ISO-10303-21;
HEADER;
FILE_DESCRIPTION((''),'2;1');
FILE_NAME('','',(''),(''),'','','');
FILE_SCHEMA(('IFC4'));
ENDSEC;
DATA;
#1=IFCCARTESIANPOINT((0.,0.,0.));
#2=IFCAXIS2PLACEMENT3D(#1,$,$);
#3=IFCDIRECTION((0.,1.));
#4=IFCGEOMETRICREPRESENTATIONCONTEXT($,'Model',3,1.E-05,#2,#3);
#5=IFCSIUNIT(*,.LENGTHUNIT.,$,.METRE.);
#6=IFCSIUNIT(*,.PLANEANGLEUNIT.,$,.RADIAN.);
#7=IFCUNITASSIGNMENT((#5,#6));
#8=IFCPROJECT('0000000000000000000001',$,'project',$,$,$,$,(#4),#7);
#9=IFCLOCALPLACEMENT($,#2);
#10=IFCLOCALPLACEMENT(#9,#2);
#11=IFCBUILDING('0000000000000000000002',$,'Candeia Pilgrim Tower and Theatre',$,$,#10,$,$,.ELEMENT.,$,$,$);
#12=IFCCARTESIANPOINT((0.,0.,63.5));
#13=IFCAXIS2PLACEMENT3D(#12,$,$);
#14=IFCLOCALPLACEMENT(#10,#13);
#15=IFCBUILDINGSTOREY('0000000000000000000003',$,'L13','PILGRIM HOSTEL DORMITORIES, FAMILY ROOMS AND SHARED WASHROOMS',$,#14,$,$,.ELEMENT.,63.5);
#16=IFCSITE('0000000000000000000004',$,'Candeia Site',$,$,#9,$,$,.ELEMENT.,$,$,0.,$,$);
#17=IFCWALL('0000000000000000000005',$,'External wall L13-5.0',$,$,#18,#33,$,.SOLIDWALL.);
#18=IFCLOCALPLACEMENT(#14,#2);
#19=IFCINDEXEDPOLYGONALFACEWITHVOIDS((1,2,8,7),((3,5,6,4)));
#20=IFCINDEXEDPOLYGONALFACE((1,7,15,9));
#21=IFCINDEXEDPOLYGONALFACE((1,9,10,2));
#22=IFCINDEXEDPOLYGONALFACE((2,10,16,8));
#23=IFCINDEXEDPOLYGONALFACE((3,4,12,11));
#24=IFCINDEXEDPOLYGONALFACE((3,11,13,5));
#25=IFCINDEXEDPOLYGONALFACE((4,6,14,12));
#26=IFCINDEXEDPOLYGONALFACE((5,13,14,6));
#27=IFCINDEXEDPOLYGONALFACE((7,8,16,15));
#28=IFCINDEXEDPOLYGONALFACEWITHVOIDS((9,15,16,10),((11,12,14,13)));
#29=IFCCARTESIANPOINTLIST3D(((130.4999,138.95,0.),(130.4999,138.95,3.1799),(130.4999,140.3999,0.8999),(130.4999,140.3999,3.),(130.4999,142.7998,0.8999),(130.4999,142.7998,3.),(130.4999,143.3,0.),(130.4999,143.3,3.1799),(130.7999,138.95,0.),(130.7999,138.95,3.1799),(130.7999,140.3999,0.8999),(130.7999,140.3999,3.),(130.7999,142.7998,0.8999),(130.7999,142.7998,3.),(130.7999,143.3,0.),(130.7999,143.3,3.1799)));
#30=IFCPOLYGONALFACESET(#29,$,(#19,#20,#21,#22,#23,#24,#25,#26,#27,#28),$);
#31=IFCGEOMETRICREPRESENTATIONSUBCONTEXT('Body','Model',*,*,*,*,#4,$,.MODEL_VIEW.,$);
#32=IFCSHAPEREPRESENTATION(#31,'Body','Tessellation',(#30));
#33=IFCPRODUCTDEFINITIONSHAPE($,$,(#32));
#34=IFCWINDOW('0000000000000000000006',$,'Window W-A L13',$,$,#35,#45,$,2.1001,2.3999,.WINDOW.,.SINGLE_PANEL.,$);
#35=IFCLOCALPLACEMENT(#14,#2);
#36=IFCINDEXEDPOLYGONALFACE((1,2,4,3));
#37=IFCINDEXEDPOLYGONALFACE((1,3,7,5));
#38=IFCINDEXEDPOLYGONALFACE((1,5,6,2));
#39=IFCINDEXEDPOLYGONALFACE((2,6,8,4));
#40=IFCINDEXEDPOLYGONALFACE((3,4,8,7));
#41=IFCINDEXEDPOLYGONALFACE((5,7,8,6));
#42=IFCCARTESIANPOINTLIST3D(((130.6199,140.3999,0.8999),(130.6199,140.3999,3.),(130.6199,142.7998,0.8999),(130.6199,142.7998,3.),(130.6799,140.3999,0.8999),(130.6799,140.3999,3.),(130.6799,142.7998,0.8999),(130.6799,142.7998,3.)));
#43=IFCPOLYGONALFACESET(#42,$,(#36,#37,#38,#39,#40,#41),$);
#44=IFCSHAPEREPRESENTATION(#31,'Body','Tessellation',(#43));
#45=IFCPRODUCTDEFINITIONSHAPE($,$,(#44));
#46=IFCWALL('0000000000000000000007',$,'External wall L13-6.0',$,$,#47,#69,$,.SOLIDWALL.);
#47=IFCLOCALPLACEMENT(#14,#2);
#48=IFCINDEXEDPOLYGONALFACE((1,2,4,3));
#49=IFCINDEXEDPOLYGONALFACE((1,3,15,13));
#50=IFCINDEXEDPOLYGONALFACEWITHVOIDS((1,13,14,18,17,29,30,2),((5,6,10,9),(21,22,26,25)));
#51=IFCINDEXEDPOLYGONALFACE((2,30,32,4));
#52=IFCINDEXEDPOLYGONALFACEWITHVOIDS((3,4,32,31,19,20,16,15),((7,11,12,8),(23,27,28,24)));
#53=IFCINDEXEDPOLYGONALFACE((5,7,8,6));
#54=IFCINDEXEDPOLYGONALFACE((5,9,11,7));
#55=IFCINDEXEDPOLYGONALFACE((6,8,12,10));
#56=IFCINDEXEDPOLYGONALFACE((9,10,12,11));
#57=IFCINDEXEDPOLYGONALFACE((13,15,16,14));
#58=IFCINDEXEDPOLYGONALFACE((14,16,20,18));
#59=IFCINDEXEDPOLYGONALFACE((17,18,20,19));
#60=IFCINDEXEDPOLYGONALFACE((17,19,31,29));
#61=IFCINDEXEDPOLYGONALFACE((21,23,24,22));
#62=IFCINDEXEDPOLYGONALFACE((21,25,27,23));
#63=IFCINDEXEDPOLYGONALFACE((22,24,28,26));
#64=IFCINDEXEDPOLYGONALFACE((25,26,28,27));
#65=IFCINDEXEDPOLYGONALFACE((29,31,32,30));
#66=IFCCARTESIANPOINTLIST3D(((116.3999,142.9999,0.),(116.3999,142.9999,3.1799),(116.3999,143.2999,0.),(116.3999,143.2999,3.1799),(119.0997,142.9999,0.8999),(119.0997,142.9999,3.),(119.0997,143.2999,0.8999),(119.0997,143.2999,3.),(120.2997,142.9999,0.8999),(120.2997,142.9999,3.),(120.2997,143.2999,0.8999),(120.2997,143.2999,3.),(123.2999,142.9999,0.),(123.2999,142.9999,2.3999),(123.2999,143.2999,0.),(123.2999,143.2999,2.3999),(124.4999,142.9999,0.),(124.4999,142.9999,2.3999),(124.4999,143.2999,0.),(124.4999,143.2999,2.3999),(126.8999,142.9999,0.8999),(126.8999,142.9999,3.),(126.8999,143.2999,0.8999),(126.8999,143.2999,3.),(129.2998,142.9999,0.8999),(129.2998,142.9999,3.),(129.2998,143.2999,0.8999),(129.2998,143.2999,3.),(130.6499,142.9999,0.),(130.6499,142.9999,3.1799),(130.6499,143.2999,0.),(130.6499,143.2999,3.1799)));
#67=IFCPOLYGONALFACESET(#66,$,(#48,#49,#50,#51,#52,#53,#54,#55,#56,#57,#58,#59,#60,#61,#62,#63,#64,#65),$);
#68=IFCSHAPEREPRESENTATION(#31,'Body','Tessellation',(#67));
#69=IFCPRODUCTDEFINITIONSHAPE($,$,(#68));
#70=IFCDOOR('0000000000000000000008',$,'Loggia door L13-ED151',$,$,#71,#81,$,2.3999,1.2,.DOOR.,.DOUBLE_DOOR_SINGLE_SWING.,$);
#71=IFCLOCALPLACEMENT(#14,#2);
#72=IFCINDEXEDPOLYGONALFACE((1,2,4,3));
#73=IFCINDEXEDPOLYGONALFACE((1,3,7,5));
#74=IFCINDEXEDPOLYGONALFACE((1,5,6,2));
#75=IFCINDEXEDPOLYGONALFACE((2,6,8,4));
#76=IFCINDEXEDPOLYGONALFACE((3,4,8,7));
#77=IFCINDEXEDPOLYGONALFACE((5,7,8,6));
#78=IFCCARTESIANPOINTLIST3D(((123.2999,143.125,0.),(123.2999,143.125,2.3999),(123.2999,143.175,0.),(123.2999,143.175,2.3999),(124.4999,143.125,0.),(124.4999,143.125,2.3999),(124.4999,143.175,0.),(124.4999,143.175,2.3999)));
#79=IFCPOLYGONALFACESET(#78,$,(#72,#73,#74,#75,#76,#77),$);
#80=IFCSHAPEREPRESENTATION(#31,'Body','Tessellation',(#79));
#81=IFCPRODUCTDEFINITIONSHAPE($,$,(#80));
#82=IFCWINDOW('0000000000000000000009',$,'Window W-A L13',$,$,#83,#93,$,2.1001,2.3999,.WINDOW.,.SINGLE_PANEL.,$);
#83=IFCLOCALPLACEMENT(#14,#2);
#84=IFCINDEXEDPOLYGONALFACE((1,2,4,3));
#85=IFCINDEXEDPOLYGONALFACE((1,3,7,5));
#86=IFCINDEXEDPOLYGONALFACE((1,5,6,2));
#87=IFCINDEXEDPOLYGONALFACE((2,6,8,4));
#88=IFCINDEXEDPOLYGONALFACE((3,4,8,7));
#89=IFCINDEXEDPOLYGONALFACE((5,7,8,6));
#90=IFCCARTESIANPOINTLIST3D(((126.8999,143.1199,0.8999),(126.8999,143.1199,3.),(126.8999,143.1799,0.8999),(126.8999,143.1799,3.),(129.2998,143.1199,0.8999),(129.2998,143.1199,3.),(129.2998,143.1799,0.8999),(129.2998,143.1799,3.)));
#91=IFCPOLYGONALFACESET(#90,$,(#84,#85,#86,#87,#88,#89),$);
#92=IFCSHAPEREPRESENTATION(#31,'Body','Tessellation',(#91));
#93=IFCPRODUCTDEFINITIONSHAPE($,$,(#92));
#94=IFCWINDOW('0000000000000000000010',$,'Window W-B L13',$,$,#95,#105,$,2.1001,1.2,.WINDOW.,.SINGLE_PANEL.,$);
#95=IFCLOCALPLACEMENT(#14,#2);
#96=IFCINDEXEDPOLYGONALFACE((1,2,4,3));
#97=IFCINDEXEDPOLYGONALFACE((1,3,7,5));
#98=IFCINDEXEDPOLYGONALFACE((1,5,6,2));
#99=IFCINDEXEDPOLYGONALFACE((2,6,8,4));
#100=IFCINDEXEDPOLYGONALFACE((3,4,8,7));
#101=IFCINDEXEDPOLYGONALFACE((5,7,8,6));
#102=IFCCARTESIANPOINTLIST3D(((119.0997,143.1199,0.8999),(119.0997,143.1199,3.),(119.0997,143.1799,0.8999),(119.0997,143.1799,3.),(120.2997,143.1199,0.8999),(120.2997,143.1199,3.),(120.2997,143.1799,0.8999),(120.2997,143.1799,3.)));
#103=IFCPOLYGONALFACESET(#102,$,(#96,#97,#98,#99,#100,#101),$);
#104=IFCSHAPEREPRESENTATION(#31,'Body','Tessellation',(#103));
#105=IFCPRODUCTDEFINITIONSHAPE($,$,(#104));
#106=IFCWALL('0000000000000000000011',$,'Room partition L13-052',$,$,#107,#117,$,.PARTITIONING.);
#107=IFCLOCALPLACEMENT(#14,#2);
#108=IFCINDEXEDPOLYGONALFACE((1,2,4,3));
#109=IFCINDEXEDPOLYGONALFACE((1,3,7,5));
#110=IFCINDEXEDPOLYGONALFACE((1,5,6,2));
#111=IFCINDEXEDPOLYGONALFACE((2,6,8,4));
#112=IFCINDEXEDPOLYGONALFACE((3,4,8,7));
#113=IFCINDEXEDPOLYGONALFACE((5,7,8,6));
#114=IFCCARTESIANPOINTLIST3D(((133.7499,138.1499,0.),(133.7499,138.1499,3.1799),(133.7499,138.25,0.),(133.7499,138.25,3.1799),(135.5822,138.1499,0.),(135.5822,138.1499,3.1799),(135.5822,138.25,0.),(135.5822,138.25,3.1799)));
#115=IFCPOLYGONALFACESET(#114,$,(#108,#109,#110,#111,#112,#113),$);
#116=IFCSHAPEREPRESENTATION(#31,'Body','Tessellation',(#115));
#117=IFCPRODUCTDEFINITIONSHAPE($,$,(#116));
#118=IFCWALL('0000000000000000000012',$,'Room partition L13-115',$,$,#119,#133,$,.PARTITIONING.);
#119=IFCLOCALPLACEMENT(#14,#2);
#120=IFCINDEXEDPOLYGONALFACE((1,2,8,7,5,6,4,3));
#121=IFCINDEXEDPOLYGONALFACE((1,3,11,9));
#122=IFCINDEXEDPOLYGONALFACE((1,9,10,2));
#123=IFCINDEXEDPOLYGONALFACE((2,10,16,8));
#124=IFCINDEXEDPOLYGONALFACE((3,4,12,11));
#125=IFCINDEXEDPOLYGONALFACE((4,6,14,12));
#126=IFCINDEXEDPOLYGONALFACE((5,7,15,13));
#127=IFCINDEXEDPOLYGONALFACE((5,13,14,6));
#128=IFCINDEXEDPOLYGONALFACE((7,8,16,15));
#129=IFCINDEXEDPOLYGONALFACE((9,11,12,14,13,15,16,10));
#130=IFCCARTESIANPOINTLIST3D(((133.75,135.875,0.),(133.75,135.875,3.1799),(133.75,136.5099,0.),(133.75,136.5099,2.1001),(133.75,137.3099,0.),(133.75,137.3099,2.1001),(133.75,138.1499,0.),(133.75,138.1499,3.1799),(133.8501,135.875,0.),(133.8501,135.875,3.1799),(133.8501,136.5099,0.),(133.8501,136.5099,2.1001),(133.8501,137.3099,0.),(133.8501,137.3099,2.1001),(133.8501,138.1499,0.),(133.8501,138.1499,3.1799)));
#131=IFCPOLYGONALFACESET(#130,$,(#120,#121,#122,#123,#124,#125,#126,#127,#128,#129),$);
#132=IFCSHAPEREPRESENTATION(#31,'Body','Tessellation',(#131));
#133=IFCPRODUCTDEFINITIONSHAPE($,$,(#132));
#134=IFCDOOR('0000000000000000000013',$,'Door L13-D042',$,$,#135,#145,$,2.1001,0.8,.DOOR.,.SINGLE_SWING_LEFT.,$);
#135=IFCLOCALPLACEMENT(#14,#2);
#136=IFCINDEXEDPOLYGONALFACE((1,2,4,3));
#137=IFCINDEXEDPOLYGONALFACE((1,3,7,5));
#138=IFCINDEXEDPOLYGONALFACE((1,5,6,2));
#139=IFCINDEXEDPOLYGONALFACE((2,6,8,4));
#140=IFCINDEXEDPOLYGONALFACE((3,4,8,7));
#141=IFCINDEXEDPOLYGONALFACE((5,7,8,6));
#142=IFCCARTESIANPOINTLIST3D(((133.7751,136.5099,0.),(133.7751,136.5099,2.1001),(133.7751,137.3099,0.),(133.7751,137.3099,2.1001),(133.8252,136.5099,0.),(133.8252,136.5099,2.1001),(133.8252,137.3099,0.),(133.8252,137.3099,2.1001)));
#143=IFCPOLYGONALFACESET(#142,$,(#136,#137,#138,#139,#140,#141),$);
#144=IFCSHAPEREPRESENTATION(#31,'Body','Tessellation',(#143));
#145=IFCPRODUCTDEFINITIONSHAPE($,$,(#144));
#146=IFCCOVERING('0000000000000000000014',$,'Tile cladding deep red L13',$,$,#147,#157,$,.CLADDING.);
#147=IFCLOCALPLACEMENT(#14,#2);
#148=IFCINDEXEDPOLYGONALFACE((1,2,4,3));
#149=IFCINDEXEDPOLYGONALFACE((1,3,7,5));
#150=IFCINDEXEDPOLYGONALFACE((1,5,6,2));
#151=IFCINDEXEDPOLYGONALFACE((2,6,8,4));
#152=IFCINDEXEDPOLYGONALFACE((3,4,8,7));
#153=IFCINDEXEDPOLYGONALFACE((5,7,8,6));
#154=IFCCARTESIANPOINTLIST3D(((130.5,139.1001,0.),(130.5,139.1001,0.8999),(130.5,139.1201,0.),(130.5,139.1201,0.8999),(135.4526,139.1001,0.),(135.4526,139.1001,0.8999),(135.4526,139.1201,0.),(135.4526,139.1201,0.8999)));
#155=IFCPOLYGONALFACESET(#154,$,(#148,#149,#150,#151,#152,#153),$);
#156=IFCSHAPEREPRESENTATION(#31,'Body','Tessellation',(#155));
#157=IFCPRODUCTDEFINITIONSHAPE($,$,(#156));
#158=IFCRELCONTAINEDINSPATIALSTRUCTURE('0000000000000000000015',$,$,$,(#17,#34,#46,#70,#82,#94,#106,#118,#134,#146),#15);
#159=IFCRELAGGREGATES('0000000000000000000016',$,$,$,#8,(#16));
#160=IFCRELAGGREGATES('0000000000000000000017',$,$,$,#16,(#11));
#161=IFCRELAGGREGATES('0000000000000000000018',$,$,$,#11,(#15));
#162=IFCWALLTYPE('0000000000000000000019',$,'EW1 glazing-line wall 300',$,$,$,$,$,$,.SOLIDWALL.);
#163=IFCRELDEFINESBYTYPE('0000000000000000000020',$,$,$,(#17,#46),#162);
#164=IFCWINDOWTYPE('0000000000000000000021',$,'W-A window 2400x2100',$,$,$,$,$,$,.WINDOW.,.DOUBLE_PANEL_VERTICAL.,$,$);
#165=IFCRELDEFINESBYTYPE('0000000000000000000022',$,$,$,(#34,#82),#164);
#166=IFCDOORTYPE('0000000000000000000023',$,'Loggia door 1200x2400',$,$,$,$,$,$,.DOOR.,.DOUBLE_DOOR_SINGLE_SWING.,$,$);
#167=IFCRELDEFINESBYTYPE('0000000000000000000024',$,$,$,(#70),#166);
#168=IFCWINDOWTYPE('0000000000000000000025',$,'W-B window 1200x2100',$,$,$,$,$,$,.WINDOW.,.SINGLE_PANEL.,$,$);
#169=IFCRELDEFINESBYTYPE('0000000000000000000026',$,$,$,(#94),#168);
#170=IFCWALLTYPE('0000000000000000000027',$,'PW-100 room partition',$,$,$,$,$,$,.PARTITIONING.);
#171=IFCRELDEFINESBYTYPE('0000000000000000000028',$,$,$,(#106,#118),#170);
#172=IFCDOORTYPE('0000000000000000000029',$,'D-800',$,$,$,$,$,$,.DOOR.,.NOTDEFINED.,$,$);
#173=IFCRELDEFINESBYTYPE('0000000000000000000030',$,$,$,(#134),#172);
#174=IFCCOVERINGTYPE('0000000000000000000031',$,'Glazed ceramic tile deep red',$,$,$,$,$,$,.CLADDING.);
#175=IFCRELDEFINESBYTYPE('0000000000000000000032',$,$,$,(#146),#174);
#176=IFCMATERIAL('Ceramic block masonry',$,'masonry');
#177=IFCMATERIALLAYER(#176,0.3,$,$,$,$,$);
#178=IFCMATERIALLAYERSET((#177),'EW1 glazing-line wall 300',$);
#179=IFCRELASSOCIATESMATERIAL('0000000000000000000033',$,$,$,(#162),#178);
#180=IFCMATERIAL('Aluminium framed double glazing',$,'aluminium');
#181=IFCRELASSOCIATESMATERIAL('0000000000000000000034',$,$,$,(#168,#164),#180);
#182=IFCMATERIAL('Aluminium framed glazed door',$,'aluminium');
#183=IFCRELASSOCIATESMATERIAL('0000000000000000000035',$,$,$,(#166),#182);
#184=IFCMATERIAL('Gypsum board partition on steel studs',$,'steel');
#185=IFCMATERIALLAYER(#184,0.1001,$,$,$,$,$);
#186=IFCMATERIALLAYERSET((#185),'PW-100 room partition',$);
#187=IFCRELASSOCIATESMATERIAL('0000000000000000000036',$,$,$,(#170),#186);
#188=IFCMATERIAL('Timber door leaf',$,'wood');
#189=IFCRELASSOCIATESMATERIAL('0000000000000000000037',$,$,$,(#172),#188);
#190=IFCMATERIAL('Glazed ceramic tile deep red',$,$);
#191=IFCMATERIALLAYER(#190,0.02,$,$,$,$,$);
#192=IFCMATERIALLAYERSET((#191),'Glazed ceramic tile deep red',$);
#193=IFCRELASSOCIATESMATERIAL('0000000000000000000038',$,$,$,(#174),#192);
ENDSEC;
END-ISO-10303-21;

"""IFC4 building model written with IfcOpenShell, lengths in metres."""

from ifc_helpers import new_model, si_unit, direction, frame, frame_2d, origin, origin_2d, place, context, subcontext, project, spatial, rectangle, extrude, material, layer, layer_set, type_object, element, fill, save


model = new_model("IFC4")

# Units and contexts
model_context = context("Model", 3, precision=1e-05, world=origin(), true_north=direction((0.0, 1.0)))
body_context = subcontext(model_context, "Body", "Model", "MODEL_VIEW")
ifc_project = project(units=[si_unit("LENGTHUNIT", "METRE"), si_unit("PLANEANGLEUNIT", "RADIAN")], contexts=[model_context])

# Site, building, storey
site_placement = place(None, origin())
site = spatial("IfcSite", under=ifc_project, at=site_placement, Name="Candeia Site", CompositionType="ELEMENT", RefElevation=0.0)
building_placement = place(site_placement, origin())
building = spatial("IfcBuilding", under=site, at=building_placement, Name="Candeia Pilgrim Tower and Theatre", CompositionType="ELEMENT")
storey_placement = place(building_placement, frame((0.0, 0.0, 63.5)))
storey = spatial("IfcBuildingStorey", under=building, at=storey_placement, Name="L13", Description="PILGRIM HOSTEL DORMITORIES, FAMILY ROOMS AND SHARED WASHROOMS", CompositionType="ELEMENT", Elevation=63.5)

# Shared definitions
ifc_material_1 = material(Name="Ceramic block masonry", Category="masonry")
ifc_layer_1 = layer(ifc_material_1, 0.3)
ifc_layer_set_1 = layer_set([ifc_layer_1], Name="EW1 glazing-line wall 300")
wall_type_1 = type_object("IfcWallType", Name="EW1 glazing-line wall 300", PredefinedType="SOLIDWALL", material=ifc_layer_set_1)
ifc_material_2 = material(Name="Aluminium framed double glazing", Category="aluminium")
window_type_1 = type_object("IfcWindowType", Name="W-B window 1200x2100", PartitioningType="SINGLE_PANEL", PredefinedType="WINDOW", material=ifc_material_2)

# Wall, opening, window
wall_1_placement = place(storey_placement, frame((130.6499, 138.95, 0.0), z_axis=(0.0, 0.0, 1.0), x_axis=(0.0, 1.0, 0.0)))
wall_1 = element("IfcWall", 1, at=wall_1_placement, inside=storey, type_object=wall_type_1, Name="External wall L13-5.0", PredefinedType="SOLIDWALL", context=body_context, shape_type="SweptSolid", body=[
    extrude(rectangle(XDim=4.3501, YDim=0.3, at=frame_2d((2.175, 0.0))), origin(), (0.0, 0.0, 1.0), 3.1799),
])
opening_1_placement = place(wall_1_placement, frame((1.45, 0.0, 0.8999)))
opening_1 = element("IfcOpeningElement", 2, at=opening_1_placement, cuts=wall_1, PredefinedType="OPENING", context=body_context, shape_type="SweptSolid", body=[
    extrude(rectangle(XDim=2.3999, YDim=2.1001, at=frame_2d((1.2, 1.05))), frame((0.0, 0.1602, 0.0), z_axis=(0.0, -1.0, 0.0), x_axis=(1.0, 0.0, 0.0)), (0.0, 0.0, 1.0), 0.3201),
])
window_type_2 = type_object("IfcWindowType", Name="W-A window 2400x2100", PartitioningType="DOUBLE_PANEL_VERTICAL", PredefinedType="WINDOW", material=ifc_material_2)
window_1_placement = place(opening_1_placement, origin())
window_1 = element("IfcWindow", 3, at=window_1_placement, inside=storey, type_object=window_type_2, Name="Window W-A L13", OverallHeight=2.1001, OverallWidth=2.3999, PartitioningType="SINGLE_PANEL", PredefinedType="WINDOW", context=body_context, shape_type="SweptSolid", body=[
    extrude(rectangle(XDim=2.3999, YDim=2.1001, at=frame_2d((1.2, 1.05))), frame((0.0, 0.03, 0.0), z_axis=(0.0, -1.0, 0.0), x_axis=(1.0, 0.0, 0.0)), (0.0, 0.0, 1.0), 0.0601),
])
fill(opening_1, window_1)

# Wall, openings, door, windows
wall_2_placement = place(storey_placement, frame((130.6499, 143.1499, 0.0), z_axis=(0.0, 0.0, 1.0), x_axis=(-1.0, 0.0, 0.0)))
wall_2 = element("IfcWall", 4, at=wall_2_placement, inside=storey, type_object=wall_type_1, Name="External wall L13-6.0", PredefinedType="SOLIDWALL", context=body_context, shape_type="SweptSolid", body=[
    extrude(rectangle(XDim=14.25, YDim=0.3, at=frame_2d((7.125, 0.0))), origin(), (0.0, 0.0, 1.0), 3.1799),
])
opening_2_placement = place(wall_2_placement, frame((1.3501, 0.0, 0.8999)))
opening_2 = element("IfcOpeningElement", 5, at=opening_2_placement, cuts=wall_2, PredefinedType="OPENING", context=body_context, shape_type="SweptSolid", body=[
    extrude(rectangle(XDim=2.3999, YDim=2.1001, at=frame_2d((1.2, 1.05))), frame((0.0, 0.1602, 0.0), z_axis=(0.0, -1.0, 0.0), x_axis=(1.0, 0.0, 0.0)), (0.0, 0.0, 1.0), 0.3201),
])
opening_3_placement = place(wall_2_placement, frame((6.1499, 0.0, 0.0)))
opening_3 = element("IfcOpeningElement", 6, at=opening_3_placement, cuts=wall_2, PredefinedType="OPENING", context=body_context, shape_type="SweptSolid", body=[
    extrude(rectangle(XDim=1.2, YDim=2.3999, at=frame_2d((0.6001, 1.2))), frame((0.0, 0.1602, 0.0), z_axis=(0.0, -1.0, 0.0), x_axis=(1.0, 0.0, 0.0)), (0.0, 0.0, 1.0), 0.3201),
])
opening_4_placement = place(wall_2_placement, frame((10.3501, 0.0, 0.8999)))
opening_4 = element("IfcOpeningElement", 7, at=opening_4_placement, cuts=wall_2, PredefinedType="OPENING", context=body_context, shape_type="SweptSolid", body=[
    extrude(rectangle(XDim=1.2, YDim=2.1001, at=frame_2d((0.6001, 1.05))), frame((0.0, 0.1602, 0.0), z_axis=(0.0, -1.0, 0.0), x_axis=(1.0, 0.0, 0.0)), (0.0, 0.0, 1.0), 0.3201),
])
ifc_material_3 = material(Name="Aluminium framed glazed door", Category="aluminium")
door_type_1 = type_object("IfcDoorType", Name="Loggia door 1200x2400", OperationType="DOUBLE_DOOR_SINGLE_SWING", PredefinedType="DOOR", material=ifc_material_3)
door_1_placement = place(opening_3_placement, origin())
door_1 = element("IfcDoor", 8, at=door_1_placement, inside=storey, type_object=door_type_1, Name="Loggia door L13-ED151", OperationType="DOUBLE_DOOR_SINGLE_SWING", OverallHeight=2.3999, OverallWidth=1.2, PredefinedType="DOOR", context=body_context, shape_type="SweptSolid", body=[
    extrude(rectangle(XDim=1.2, YDim=2.3999, at=frame_2d((0.6001, 1.2))), frame((0.0, 0.0249, 0.0), z_axis=(0.0, -1.0, 0.0), x_axis=(1.0, 0.0, 0.0)), (0.0, 0.0, 1.0), 0.05),
])
fill(opening_3, door_1)
window_2_placement = place(opening_2_placement, origin())
window_2 = element("IfcWindow", 9, at=window_2_placement, inside=storey, type_object=window_type_2, Name="Window W-A L13", OverallHeight=2.1001, OverallWidth=2.3999, PartitioningType="SINGLE_PANEL", PredefinedType="WINDOW", context=body_context, shape_type="SweptSolid", body=[
    extrude(rectangle(XDim=2.3999, YDim=2.1001, at=frame_2d((1.2, 1.05))), frame((0.0, 0.03, 0.0), z_axis=(0.0, -1.0, 0.0), x_axis=(1.0, 0.0, 0.0)), (0.0, 0.0, 1.0), 0.0601),
])
fill(opening_2, window_2)
window_3_placement = place(opening_4_placement, origin())
window_3 = element("IfcWindow", 10, at=window_3_placement, inside=storey, type_object=window_type_1, Name="Window W-B L13", OverallHeight=2.1001, OverallWidth=1.2, PartitioningType="SINGLE_PANEL", PredefinedType="WINDOW", context=body_context, shape_type="SweptSolid", body=[
    extrude(rectangle(XDim=1.2, YDim=2.1001, at=frame_2d((0.6001, 1.05))), frame((0.0, 0.03, 0.0), z_axis=(0.0, -1.0, 0.0), x_axis=(1.0, 0.0, 0.0)), (0.0, 0.0, 1.0), 0.0601),
])
fill(opening_4, window_3)

# Wall
ifc_material_4 = material(Name="Gypsum board partition on steel studs", Category="steel")
ifc_layer_2 = layer(ifc_material_4, 0.1001)
ifc_layer_set_2 = layer_set([ifc_layer_2], Name="PW-100 room partition")
wall_type_2 = type_object("IfcWallType", Name="PW-100 room partition", PredefinedType="PARTITIONING", material=ifc_layer_set_2)
wall_3_placement = place(storey_placement, frame((133.75, 138.2, 0.0), z_axis=(0.0, 0.0, 1.0), x_axis=(1.0, 0.0, 0.0)))
element("IfcWall", 11, at=wall_3_placement, inside=storey, type_object=wall_type_2, Name="Room partition L13-052", PredefinedType="PARTITIONING", context=body_context, shape_type="SweptSolid", body=[
    extrude(rectangle(XDim=1.8323, YDim=0.1001, at=frame_2d((0.916, 0.0))), origin(), (0.0, 0.0, 1.0), 3.1799),
])

# Wall, opening, door
wall_4_placement = place(storey_placement, frame((133.8, 135.875, 0.0), z_axis=(0.0, 0.0, 1.0), x_axis=(0.0, 1.0, 0.0)))
wall_4 = element("IfcWall", 12, at=wall_4_placement, inside=storey, type_object=wall_type_2, Name="Room partition L13-115", PredefinedType="PARTITIONING", context=body_context, shape_type="SweptSolid", body=[
    extrude(rectangle(XDim=2.2749, YDim=0.1001, at=frame_2d((1.1375, 0.0))), origin(), (0.0, 0.0, 1.0), 3.1799),
])
opening_5_placement = place(wall_4_placement, frame((0.635, 0.0, 0.0)))
opening_5 = element("IfcOpeningElement", 13, at=opening_5_placement, cuts=wall_4, PredefinedType="OPENING", context=body_context, shape_type="SweptSolid", body=[
    extrude(rectangle(XDim=0.8, YDim=2.1001, at=frame_2d((0.3999, 1.05))), frame((0.0, 0.0601, 0.0), z_axis=(0.0, -1.0, 0.0), x_axis=(1.0, 0.0, 0.0)), (0.0, 0.0, 1.0), 0.1201),
])
ifc_material_5 = material(Name="Timber door leaf", Category="wood")
door_type_2 = type_object("IfcDoorType", Name="D-800", OperationType="NOTDEFINED", PredefinedType="DOOR", material=ifc_material_5)
door_2_placement = place(opening_5_placement, origin())
door_2 = element("IfcDoor", 14, at=door_2_placement, inside=storey, type_object=door_type_2, Name="Door L13-D042", OperationType="SINGLE_SWING_LEFT", OverallHeight=2.1001, OverallWidth=0.8, PredefinedType="DOOR", context=body_context, shape_type="SweptSolid", body=[
    extrude(rectangle(XDim=0.8, YDim=2.1001, at=frame_2d((0.3999, 1.05))), frame((0.0, 0.0249, 0.0), z_axis=(0.0, -1.0, 0.0), x_axis=(1.0, 0.0, 0.0)), (0.0, 0.0, 1.0), 0.05),
])
fill(opening_5, door_2)

# Covering
ifc_material_6 = material(Name="Glazed ceramic tile deep red")
ifc_layer_3 = layer(ifc_material_6, 0.02)
ifc_layer_set_3 = layer_set([ifc_layer_3], Name="Glazed ceramic tile deep red")
covering_type_1 = type_object("IfcCoveringType", Name="Glazed ceramic tile deep red", PredefinedType="CLADDING", material=ifc_layer_set_3)
covering_1_placement = place(storey_placement, frame((132.9763, 139.1101, 0.0), z_axis=(0.0, 0.0, 1.0), x_axis=(-1.0, 0.0, 0.0)))
element("IfcCovering", 15, at=covering_1_placement, inside=storey, type_object=covering_type_1, Name="Tile cladding deep red L13", PredefinedType="CLADDING", context=body_context, shape_type="SweptSolid", body=[
    extrude(rectangle(XDim=4.9526, YDim=0.02, at=origin_2d()), origin(), (0.0, 0.0, 1.0), 0.8999),
])

save(model, "model.ifc")
